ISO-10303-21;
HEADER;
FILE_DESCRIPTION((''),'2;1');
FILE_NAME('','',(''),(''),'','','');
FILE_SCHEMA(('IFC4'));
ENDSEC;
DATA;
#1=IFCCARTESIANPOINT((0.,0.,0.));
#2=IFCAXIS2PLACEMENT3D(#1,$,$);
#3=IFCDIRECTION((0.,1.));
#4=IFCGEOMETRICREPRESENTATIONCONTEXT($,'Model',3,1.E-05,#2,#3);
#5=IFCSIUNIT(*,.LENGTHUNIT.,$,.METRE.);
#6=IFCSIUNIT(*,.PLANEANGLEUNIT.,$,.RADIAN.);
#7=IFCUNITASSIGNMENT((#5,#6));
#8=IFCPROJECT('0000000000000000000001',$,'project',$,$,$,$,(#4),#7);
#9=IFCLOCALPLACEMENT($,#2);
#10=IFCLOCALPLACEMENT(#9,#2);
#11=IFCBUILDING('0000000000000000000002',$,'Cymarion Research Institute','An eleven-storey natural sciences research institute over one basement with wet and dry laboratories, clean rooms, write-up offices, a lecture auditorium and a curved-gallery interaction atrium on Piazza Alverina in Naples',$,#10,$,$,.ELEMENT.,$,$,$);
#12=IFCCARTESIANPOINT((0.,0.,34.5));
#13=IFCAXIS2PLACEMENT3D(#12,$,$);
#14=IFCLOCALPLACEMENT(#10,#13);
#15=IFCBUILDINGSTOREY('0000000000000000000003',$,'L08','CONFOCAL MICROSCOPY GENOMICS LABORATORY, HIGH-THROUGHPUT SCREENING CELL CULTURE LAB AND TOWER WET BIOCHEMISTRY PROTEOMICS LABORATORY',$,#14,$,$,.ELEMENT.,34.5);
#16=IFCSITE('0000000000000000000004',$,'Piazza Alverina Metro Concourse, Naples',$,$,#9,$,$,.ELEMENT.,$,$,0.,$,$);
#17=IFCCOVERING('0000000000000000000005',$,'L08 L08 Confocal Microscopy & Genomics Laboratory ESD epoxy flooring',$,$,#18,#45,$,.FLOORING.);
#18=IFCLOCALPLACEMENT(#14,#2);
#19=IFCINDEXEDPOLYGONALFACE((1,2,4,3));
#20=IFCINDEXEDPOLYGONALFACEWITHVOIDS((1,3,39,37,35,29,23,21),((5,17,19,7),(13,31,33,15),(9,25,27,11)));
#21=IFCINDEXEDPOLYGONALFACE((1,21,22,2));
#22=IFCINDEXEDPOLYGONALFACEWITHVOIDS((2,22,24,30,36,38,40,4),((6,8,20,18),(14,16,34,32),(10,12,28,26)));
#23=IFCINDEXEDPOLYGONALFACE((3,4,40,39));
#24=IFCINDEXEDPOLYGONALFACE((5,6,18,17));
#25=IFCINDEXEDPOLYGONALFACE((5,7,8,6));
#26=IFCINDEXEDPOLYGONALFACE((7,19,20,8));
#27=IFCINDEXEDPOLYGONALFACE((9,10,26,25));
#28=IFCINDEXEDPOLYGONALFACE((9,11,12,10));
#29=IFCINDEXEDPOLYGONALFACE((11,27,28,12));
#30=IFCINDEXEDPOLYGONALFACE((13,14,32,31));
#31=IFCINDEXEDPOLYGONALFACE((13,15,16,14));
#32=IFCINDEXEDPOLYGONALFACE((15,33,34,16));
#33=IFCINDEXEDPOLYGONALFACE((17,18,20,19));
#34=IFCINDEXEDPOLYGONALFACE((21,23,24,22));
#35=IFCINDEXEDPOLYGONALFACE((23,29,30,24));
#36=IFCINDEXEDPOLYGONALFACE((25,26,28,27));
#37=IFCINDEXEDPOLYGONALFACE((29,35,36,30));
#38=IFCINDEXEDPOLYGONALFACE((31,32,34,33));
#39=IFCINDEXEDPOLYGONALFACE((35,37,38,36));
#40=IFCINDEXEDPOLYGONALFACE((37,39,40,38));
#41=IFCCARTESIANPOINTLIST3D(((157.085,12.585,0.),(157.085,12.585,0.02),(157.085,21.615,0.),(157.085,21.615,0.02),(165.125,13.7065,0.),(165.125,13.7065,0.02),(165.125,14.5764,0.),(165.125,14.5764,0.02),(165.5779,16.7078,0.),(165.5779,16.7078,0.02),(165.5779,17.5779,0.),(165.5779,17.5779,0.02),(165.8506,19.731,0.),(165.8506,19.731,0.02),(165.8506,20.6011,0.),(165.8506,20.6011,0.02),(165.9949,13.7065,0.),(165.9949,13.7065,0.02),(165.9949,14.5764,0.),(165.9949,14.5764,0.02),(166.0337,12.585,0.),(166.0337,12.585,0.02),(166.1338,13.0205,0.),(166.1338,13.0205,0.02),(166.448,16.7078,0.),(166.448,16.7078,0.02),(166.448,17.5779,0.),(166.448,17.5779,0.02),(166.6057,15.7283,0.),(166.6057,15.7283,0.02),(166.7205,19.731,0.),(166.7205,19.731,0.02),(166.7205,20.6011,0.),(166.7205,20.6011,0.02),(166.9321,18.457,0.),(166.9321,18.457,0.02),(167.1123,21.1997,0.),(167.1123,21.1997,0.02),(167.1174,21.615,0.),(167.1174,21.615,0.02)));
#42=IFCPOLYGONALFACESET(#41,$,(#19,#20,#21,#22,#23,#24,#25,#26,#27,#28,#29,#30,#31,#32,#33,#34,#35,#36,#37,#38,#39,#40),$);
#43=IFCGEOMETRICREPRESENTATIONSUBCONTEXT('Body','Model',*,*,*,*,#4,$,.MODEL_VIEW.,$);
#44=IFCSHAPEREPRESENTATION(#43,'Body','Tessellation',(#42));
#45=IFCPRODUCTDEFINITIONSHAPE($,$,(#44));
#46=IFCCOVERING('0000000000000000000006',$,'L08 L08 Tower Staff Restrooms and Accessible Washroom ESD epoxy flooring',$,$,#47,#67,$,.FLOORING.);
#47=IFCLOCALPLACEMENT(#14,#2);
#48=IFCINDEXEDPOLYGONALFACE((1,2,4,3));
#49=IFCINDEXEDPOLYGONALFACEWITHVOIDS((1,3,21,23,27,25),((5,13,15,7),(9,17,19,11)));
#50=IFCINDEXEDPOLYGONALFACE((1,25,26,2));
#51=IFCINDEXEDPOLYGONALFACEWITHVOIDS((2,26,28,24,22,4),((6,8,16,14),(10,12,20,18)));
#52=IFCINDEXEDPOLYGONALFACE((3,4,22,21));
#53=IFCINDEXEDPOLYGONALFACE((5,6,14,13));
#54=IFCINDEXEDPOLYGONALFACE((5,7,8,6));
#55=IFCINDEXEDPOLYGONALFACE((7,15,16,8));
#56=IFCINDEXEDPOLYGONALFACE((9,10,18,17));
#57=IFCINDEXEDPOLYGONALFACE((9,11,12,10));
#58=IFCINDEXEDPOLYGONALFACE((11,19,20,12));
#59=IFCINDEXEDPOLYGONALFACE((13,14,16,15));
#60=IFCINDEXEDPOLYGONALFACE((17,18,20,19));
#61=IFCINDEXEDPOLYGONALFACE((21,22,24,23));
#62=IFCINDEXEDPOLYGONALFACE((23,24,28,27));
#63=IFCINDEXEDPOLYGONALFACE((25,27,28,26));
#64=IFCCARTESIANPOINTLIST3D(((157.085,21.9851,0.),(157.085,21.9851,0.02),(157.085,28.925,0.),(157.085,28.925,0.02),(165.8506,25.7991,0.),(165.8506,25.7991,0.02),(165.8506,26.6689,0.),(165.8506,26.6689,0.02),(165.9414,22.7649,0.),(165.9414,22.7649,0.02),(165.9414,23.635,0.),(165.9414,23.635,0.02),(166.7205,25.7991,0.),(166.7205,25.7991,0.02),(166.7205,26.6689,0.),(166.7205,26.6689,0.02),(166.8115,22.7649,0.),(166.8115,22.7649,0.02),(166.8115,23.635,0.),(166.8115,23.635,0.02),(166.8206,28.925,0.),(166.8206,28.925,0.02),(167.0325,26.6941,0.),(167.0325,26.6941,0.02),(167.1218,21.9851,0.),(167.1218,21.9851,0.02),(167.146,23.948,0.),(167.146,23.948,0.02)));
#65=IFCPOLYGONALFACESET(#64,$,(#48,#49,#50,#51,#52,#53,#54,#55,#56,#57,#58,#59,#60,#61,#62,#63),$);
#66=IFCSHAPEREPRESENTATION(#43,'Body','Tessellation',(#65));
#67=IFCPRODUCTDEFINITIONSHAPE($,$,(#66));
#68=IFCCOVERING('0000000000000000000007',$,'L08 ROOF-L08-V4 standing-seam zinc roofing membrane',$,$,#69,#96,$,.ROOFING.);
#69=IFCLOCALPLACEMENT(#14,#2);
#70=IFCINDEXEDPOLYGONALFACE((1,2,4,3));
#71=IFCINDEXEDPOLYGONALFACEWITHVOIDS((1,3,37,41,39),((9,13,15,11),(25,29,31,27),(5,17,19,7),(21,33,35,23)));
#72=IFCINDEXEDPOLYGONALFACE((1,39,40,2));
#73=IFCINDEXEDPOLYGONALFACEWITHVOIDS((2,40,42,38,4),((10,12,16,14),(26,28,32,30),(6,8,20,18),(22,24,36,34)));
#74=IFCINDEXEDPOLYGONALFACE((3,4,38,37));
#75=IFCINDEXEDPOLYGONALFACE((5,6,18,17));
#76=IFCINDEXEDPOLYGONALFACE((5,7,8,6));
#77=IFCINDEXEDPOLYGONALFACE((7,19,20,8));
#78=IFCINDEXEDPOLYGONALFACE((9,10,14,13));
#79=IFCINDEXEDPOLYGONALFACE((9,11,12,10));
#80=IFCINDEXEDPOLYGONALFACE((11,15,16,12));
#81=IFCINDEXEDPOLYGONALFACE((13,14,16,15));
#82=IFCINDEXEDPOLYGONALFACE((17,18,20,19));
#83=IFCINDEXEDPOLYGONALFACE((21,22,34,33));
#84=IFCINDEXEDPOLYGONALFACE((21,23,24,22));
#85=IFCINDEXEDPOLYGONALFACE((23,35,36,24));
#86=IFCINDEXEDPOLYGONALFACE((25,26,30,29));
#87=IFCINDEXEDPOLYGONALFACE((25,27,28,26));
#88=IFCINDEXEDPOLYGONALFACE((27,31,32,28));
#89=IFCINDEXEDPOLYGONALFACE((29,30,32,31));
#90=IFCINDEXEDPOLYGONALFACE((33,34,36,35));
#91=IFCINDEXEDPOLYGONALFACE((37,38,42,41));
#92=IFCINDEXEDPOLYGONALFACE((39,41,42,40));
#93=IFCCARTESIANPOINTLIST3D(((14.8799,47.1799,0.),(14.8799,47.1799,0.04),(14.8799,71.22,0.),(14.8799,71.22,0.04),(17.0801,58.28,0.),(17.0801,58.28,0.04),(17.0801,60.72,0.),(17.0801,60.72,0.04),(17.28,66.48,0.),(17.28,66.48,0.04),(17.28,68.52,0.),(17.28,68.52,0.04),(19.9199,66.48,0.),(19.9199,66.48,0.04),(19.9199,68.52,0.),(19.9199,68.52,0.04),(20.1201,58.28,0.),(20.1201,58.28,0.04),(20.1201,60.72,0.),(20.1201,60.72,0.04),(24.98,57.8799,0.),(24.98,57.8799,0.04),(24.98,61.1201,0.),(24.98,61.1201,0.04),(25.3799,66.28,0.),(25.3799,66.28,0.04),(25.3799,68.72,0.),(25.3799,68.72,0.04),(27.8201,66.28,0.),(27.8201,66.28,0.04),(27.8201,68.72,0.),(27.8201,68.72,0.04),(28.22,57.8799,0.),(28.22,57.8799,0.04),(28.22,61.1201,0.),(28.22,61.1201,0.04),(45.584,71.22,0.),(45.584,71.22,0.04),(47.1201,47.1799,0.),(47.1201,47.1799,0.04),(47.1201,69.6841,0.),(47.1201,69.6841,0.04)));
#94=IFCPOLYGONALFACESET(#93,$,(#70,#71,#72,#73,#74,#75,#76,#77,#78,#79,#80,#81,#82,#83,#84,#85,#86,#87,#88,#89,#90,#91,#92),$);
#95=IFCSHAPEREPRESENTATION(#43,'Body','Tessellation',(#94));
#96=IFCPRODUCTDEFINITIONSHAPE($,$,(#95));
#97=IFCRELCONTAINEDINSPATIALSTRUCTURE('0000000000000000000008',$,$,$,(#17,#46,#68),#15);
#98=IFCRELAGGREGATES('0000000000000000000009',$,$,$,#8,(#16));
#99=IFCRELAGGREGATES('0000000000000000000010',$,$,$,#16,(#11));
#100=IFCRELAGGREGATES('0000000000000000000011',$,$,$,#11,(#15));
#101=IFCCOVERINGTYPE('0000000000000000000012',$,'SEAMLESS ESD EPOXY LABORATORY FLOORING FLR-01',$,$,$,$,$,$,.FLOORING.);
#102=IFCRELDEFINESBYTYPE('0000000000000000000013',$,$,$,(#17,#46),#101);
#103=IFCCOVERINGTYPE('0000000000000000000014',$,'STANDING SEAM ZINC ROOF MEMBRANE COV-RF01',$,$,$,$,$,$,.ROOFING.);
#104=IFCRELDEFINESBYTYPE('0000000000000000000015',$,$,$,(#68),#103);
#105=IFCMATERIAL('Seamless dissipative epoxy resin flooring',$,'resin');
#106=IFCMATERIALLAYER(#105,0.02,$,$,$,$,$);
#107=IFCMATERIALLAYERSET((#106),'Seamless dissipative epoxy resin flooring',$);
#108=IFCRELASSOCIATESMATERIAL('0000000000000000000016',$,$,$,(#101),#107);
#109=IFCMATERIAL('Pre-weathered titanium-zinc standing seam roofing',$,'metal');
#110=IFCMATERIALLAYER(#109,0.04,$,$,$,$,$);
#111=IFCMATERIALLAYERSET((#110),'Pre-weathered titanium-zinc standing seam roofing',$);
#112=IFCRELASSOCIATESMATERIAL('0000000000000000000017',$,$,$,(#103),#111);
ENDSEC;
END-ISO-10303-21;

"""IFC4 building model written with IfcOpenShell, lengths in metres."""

from ifc_helpers import new_model, si_unit, direction, frame, origin, place, context, subcontext, project, spatial, polyline, outline, extrude, material, layer, layer_set, type_object, element, save


model = new_model("IFC4")

# Units and contexts
model_context = context("Model", 3, precision=1e-05, world=origin(), true_north=direction((0.0, 1.0)))
body_context = subcontext(model_context, "Body", "Model", "MODEL_VIEW")
ifc_project = project(units=[si_unit("LENGTHUNIT", "METRE"), si_unit("PLANEANGLEUNIT", "RADIAN")], contexts=[model_context])

# Site, building, storey
site_placement = place(None, origin())
site = spatial("IfcSite", under=ifc_project, at=site_placement, Name="Piazza Alverina Metro Concourse, Naples", CompositionType="ELEMENT", RefElevation=0.0)
building_placement = place(site_placement, origin())
building = spatial("IfcBuilding", under=site, at=building_placement, Name="Cymarion Research Institute", Description="An eleven-storey natural sciences research institute over one basement with wet and dry laboratories, clean rooms, write-up offices, a lecture auditorium and a curved-gallery interaction atrium on Piazza Alverina in Naples", CompositionType="ELEMENT")
storey_placement = place(building_placement, frame((0.0, 0.0, 34.5)))
storey = spatial("IfcBuildingStorey", under=building, at=storey_placement, Name="L08", Description="CONFOCAL MICROSCOPY GENOMICS LABORATORY, HIGH-THROUGHPUT SCREENING CELL CULTURE LAB AND TOWER WET BIOCHEMISTRY PROTEOMICS LABORATORY", CompositionType="ELEMENT", Elevation=34.5)

# Coverings
ifc_material_1 = material(Name="Seamless dissipative epoxy resin flooring", Category="resin")
ifc_layer_1 = layer(ifc_material_1, 0.02)
ifc_layer_set_1 = layer_set([ifc_layer_1], Name="Seamless dissipative epoxy resin flooring")
covering_type_1 = type_object("IfcCoveringType", Name="SEAMLESS ESD EPOXY LABORATORY FLOORING FLR-01", PredefinedType="FLOORING", material=ifc_layer_set_1)
covering_1_placement = place(storey_placement, origin())
element("IfcCovering", 1, at=covering_1_placement, inside=storey, type_object=covering_type_1, Name="L08 L08 Confocal Microscopy & Genomics Laboratory ESD epoxy flooring", PredefinedType="FLOORING", context=body_context, shape_type="SweptSolid", body=[
    extrude(outline(polyline([(157.085, 21.615), (167.1174, 21.615), (167.1123, 21.1997), (166.9321, 18.457), (166.6057, 15.7283), (166.1338, 13.0205), (166.0337, 12.585), (157.085, 12.585), (157.085, 21.615)]), holes=[polyline([(166.7205, 19.731), (166.7205, 20.6011), (165.8506, 20.6011), (165.8506, 19.731), (166.7205, 19.731)]), polyline([(166.448, 16.7078), (166.448, 17.5779), (165.5779, 17.5779), (165.5779, 16.7078), (166.448, 16.7078)]), polyline([(165.9949, 13.7065), (165.9949, 14.5764), (165.125, 14.5764), (165.125, 13.7065), (165.9949, 13.7065)])]), origin(), (0.0, 0.0, 1.0), 0.02),
])
covering_2_placement = place(storey_placement, origin())
element("IfcCovering", 2, at=covering_2_placement, inside=storey, type_object=covering_type_1, Name="L08 L08 Tower Staff Restrooms and Accessible Washroom ESD epoxy flooring", PredefinedType="FLOORING", context=body_context, shape_type="SweptSolid", body=[
    extrude(outline(polyline([(167.0325, 26.6941), (167.146, 23.948), (167.1218, 21.9851), (157.085, 21.9851), (157.085, 28.925), (166.8206, 28.925), (167.0325, 26.6941)]), holes=[polyline([(166.8115, 22.7649), (166.8115, 23.635), (165.9414, 23.635), (165.9414, 22.7649), (166.8115, 22.7649)]), polyline([(166.7205, 25.7991), (166.7205, 26.6689), (165.8506, 26.6689), (165.8506, 25.7991), (166.7205, 25.7991)])]), origin(), (0.0, 0.0, 1.0), 0.02),
])
ifc_material_2 = material(Name="Pre-weathered titanium-zinc standing seam roofing", Category="metal")
ifc_layer_2 = layer(ifc_material_2, 0.04)
ifc_layer_set_2 = layer_set([ifc_layer_2], Name="Pre-weathered titanium-zinc standing seam roofing")
covering_type_2 = type_object("IfcCoveringType", Name="STANDING SEAM ZINC ROOF MEMBRANE COV-RF01", PredefinedType="ROOFING", material=ifc_layer_set_2)
covering_3_placement = place(storey_placement, origin())
element("IfcCovering", 3, at=covering_3_placement, inside=storey, type_object=covering_type_2, Name="L08 ROOF-L08-V4 standing-seam zinc roofing membrane", PredefinedType="ROOFING", context=body_context, shape_type="SweptSolid", body=[
    extrude(outline(polyline([(14.8799, 71.22), (45.584, 71.22), (47.1201, 69.6841), (47.1201, 47.1799), (14.8799, 47.1799), (14.8799, 71.22)]), holes=[polyline([(17.0801, 60.72), (17.0801, 58.28), (20.1201, 58.28), (20.1201, 60.72), (17.0801, 60.72)]), polyline([(24.98, 61.1201), (24.98, 57.8799), (28.22, 57.8799), (28.22, 61.1201), (24.98, 61.1201)]), polyline([(17.28, 68.52), (17.28, 66.48), (19.9199, 66.48), (19.9199, 68.52), (17.28, 68.52)]), polyline([(25.3799, 68.72), (25.3799, 66.28), (27.8201, 66.28), (27.8201, 68.72), (25.3799, 68.72)])]), origin(), (0.0, 0.0, 1.0), 0.04),
])

save(model, "model.ifc")
